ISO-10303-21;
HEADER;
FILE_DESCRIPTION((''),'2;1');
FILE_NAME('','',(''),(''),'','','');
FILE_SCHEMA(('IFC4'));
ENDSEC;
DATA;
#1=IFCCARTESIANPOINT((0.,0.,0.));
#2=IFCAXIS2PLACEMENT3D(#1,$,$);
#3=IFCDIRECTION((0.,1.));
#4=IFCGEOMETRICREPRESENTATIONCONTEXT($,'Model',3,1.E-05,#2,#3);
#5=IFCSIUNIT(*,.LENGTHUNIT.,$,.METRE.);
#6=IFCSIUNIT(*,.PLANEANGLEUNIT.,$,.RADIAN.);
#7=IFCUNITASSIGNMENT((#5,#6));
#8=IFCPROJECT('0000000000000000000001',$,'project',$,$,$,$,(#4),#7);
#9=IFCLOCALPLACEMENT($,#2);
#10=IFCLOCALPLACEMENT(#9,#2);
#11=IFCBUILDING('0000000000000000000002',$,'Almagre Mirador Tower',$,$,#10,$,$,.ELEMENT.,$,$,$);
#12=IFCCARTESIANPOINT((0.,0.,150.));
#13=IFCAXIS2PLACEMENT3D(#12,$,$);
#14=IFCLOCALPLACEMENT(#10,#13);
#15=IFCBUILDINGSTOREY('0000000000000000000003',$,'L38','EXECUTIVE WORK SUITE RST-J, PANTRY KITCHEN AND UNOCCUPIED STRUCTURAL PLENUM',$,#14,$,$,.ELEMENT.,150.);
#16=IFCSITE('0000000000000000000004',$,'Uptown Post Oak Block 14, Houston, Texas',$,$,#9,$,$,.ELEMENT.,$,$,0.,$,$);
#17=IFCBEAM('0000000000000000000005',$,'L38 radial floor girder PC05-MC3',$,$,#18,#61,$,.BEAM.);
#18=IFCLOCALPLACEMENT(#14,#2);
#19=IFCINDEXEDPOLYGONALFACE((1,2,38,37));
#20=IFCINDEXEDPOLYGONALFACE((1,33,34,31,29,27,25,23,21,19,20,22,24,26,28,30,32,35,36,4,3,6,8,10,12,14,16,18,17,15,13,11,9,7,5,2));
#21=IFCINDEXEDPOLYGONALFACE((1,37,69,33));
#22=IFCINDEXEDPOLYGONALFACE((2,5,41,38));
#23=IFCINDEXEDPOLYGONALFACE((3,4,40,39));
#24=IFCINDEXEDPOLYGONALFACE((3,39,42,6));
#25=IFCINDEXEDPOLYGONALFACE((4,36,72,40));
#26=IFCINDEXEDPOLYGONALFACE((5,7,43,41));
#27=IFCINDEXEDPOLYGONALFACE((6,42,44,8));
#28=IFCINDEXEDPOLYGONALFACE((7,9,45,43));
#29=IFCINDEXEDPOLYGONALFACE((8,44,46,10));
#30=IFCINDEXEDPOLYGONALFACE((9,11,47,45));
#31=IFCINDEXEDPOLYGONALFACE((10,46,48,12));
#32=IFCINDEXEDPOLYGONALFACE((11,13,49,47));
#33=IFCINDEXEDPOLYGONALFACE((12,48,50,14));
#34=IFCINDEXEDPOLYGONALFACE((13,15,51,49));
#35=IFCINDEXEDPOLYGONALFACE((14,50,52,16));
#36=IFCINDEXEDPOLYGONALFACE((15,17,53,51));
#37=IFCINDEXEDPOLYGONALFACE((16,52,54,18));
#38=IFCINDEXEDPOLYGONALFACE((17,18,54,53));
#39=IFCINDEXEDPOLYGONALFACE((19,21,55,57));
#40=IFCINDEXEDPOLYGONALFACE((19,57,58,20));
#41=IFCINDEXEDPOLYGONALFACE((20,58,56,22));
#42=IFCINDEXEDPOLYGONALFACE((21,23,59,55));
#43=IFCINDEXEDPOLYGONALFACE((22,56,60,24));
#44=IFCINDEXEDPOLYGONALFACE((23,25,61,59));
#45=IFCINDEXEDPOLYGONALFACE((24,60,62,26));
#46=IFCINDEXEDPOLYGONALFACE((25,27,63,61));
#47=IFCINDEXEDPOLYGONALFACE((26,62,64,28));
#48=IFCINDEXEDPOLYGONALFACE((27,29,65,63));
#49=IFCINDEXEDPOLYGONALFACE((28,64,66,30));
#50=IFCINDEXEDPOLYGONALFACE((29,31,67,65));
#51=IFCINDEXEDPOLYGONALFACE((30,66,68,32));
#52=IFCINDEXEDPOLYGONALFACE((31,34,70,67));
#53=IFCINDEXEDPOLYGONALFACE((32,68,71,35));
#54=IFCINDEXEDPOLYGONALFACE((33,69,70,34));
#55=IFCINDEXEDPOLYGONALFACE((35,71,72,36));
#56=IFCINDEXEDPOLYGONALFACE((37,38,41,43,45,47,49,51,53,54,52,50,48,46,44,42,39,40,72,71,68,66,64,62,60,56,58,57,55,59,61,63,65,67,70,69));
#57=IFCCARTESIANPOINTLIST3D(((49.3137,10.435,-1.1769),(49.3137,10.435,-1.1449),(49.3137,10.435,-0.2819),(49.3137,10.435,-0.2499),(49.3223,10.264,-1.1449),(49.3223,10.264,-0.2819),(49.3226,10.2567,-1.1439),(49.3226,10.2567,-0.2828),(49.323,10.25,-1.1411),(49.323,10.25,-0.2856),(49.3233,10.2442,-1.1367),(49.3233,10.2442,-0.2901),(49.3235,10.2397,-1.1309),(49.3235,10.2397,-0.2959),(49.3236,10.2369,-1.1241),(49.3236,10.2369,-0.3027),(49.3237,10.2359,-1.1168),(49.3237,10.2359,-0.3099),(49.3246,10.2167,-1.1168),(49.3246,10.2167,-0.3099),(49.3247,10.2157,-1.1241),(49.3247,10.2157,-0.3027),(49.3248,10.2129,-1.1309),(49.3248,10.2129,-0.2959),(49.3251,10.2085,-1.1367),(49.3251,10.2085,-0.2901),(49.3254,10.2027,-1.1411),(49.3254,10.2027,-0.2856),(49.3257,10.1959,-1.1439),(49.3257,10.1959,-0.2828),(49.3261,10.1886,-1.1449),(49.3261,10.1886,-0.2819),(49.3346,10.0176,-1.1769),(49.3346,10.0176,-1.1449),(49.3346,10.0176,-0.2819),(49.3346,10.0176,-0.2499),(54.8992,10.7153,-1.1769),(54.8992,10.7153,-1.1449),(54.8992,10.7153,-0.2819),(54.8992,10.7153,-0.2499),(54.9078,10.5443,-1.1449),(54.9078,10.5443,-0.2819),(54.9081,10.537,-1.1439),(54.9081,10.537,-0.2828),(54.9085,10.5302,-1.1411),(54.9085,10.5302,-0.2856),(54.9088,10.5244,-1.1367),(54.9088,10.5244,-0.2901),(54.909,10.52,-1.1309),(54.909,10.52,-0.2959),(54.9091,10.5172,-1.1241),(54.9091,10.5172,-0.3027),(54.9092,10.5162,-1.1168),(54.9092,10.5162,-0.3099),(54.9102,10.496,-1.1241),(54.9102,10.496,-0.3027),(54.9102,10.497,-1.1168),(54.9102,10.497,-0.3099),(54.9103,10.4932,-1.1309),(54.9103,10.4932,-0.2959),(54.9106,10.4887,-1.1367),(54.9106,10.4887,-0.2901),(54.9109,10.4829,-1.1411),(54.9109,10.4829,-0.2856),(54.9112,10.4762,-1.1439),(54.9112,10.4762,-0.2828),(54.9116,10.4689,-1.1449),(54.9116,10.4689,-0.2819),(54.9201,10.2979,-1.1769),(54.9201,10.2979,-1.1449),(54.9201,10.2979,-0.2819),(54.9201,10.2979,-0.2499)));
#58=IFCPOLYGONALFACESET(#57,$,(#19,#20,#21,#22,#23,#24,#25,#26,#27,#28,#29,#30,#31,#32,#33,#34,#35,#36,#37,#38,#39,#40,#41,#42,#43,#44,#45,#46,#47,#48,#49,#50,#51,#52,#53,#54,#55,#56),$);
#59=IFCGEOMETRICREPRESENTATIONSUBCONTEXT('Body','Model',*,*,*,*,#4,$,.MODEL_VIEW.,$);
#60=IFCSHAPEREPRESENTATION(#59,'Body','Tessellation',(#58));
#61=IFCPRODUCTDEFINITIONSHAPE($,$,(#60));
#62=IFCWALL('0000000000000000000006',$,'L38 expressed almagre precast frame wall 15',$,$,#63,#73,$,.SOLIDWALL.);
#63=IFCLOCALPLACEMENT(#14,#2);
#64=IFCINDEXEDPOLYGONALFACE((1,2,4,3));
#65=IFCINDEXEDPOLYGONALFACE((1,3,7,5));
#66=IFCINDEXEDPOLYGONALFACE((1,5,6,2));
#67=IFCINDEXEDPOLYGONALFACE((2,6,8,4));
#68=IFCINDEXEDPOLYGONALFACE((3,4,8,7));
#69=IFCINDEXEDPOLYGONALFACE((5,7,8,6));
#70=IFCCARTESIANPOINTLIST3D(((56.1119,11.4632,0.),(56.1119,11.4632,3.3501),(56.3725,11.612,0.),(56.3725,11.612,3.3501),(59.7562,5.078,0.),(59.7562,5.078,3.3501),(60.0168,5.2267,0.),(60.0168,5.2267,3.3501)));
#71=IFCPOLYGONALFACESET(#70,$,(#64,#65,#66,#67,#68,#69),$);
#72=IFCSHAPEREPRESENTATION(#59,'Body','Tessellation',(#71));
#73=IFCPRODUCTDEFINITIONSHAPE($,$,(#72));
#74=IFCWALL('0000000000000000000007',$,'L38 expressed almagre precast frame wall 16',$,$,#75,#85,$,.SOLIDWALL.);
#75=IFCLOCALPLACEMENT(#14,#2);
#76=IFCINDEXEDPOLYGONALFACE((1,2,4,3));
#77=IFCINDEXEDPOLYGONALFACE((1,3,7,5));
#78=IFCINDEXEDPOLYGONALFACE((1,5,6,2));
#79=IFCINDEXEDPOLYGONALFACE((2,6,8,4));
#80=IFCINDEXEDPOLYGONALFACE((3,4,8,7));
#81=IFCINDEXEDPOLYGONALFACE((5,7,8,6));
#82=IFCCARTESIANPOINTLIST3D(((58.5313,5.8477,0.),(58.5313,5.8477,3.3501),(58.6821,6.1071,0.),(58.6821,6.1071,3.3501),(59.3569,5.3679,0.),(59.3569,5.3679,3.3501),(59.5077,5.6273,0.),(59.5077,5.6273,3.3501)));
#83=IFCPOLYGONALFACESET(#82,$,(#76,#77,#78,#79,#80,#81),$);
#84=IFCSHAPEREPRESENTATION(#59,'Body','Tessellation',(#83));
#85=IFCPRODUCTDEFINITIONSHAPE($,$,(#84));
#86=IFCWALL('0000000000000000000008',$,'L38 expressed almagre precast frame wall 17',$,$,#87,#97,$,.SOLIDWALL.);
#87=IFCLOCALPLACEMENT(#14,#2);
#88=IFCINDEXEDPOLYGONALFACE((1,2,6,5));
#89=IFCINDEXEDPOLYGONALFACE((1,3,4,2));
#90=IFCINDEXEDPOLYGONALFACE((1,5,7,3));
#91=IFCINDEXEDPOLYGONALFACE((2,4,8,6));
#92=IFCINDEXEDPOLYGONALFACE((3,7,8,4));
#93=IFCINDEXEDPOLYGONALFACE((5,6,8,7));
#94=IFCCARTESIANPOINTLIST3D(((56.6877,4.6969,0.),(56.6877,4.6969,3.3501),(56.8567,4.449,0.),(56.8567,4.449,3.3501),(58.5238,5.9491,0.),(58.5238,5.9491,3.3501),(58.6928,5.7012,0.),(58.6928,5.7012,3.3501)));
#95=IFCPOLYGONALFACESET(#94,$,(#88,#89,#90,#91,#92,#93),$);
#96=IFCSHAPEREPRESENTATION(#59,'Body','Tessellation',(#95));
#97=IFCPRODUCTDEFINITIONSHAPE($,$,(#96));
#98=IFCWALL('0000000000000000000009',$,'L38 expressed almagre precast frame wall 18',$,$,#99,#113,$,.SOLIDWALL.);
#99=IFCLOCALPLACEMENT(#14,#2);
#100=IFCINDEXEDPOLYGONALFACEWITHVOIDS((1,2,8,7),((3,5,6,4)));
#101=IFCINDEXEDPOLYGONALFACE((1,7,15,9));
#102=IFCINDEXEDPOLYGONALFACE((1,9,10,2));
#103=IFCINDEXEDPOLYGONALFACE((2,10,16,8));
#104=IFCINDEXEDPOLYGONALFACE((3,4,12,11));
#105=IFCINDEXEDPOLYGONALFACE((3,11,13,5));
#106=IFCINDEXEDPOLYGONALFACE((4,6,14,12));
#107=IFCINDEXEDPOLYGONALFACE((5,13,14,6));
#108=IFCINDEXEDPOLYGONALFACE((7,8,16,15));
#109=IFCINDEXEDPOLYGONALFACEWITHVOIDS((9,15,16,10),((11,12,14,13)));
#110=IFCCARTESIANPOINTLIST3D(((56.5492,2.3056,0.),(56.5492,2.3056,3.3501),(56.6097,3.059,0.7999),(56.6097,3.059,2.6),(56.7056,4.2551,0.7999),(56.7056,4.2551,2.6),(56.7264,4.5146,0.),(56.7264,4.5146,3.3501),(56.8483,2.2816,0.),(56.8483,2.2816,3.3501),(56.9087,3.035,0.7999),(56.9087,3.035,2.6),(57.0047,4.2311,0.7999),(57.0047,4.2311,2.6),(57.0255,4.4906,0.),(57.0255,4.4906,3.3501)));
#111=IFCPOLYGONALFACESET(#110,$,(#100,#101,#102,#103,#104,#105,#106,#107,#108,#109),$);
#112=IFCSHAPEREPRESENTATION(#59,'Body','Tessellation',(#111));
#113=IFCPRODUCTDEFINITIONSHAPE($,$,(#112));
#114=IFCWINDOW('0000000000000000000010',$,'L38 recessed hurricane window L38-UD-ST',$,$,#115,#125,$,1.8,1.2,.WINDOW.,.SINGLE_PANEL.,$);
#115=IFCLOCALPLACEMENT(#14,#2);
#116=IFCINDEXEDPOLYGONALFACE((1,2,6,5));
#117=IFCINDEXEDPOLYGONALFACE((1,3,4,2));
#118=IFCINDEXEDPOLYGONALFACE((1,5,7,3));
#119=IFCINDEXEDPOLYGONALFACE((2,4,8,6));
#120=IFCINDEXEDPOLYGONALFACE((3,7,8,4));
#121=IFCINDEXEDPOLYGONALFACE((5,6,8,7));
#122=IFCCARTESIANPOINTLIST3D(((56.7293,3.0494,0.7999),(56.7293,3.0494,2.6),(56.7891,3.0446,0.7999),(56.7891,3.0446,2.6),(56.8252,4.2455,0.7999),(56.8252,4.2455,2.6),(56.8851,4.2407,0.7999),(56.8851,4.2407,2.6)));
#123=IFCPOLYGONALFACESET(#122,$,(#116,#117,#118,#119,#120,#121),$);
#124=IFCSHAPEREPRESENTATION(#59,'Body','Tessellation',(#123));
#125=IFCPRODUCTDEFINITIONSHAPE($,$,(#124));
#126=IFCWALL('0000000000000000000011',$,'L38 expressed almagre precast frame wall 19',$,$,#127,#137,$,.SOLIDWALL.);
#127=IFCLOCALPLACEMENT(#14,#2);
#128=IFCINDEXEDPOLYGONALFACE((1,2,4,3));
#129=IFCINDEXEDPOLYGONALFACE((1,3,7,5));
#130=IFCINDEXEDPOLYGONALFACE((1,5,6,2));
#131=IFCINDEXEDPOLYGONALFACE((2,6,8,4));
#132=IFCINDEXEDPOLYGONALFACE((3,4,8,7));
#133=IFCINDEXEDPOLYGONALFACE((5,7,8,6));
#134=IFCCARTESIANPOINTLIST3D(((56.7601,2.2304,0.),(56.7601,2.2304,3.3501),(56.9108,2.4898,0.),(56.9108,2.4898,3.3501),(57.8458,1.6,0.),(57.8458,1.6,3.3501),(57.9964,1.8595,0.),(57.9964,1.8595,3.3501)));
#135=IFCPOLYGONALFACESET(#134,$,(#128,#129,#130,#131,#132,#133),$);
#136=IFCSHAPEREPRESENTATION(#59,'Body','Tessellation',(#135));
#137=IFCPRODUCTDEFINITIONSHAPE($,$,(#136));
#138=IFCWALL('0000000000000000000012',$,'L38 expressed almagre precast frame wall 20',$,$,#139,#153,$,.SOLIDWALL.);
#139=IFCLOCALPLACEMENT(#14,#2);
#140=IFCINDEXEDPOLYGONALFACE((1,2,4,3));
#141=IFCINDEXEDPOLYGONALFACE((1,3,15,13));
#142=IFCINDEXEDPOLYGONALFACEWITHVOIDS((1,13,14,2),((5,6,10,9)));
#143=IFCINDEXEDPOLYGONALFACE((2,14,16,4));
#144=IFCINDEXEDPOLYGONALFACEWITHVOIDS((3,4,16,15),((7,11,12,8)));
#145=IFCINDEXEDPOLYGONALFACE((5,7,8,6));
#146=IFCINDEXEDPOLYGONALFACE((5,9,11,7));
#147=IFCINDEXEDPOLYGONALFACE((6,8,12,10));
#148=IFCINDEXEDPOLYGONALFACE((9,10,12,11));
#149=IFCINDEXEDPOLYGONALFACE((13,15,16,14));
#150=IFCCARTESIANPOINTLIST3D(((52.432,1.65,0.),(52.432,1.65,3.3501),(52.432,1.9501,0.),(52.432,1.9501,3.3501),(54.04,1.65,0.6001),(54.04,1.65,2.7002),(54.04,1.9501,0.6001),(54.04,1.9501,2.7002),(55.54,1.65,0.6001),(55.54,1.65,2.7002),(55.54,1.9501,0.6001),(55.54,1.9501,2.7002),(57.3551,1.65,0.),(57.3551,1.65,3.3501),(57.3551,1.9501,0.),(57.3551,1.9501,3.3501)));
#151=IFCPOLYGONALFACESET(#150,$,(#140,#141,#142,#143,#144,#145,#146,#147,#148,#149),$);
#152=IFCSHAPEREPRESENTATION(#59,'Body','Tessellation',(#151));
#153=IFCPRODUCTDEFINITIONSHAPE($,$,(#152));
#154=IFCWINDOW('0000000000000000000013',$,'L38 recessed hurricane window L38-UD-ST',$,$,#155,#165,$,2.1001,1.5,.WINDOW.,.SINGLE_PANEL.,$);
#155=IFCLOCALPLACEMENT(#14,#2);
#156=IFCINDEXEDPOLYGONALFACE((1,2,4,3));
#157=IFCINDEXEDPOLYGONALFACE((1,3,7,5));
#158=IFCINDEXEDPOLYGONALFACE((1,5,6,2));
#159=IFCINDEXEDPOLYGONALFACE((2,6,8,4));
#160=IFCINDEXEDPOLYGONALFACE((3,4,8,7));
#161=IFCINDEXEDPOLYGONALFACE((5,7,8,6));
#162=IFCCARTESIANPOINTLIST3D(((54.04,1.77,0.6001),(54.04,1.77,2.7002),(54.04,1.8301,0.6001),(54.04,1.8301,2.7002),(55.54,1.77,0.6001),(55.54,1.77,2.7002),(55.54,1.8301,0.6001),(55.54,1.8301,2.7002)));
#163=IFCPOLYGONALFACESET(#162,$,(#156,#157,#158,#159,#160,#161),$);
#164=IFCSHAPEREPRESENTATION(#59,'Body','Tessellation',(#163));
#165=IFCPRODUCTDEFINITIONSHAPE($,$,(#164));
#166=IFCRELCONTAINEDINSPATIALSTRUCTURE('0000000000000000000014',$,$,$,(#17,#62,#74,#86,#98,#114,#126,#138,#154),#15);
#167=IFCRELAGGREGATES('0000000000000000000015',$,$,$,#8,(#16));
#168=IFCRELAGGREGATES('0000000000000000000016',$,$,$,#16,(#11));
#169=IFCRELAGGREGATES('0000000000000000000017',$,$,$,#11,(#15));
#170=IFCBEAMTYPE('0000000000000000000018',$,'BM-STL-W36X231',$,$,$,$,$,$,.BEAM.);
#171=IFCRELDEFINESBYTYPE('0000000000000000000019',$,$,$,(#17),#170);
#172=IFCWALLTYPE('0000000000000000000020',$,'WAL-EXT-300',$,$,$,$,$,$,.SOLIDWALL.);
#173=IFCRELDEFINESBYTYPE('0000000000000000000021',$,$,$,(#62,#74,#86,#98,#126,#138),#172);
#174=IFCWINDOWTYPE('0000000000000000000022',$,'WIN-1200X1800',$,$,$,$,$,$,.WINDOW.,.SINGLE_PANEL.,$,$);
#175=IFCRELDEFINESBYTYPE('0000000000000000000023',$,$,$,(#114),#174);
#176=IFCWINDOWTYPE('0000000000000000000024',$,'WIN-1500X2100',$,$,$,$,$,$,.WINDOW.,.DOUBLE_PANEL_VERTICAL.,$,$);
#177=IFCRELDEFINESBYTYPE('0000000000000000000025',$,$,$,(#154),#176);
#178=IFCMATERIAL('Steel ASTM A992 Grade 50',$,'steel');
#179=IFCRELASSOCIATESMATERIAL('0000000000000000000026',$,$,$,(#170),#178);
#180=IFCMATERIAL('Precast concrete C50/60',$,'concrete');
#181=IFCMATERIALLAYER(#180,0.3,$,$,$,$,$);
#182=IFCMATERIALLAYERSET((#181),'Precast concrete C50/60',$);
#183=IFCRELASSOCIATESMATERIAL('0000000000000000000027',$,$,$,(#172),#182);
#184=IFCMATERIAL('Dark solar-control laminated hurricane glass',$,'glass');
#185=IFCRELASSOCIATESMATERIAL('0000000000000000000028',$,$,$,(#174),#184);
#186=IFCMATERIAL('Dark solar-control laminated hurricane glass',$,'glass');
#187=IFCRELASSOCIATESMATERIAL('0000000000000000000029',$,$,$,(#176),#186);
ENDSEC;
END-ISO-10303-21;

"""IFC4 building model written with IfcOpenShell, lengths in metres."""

from ifc_helpers import new_model, si_unit, direction, frame, frame_2d, origin, origin_2d, place, context, subcontext, project, spatial, rectangle, i_section, extrude, material, layer, layer_set, material_profile, profile_set, type_object, element, fill, save


model = new_model("IFC4")

# Units and contexts
model_context = context("Model", 3, precision=1e-05, world=origin(), true_north=direction((0.0, 1.0)))
body_context = subcontext(model_context, "Body", "Model", "MODEL_VIEW")
ifc_project = project(units=[si_unit("LENGTHUNIT", "METRE"), si_unit("PLANEANGLEUNIT", "RADIAN")], contexts=[model_context])

# Site, building, storey
site_placement = place(None, origin())
site = spatial("IfcSite", under=ifc_project, at=site_placement, Name="Uptown Post Oak Block 14, Houston, Texas", CompositionType="ELEMENT", RefElevation=0.0)
building_placement = place(site_placement, origin())
building = spatial("IfcBuilding", under=site, at=building_placement, Name="Almagre Mirador Tower", CompositionType="ELEMENT")
storey_placement = place(building_placement, frame((0.0, 0.0, 150.0)))
storey = spatial("IfcBuildingStorey", under=building, at=storey_placement, Name="L38", Description="EXECUTIVE WORK SUITE RST-J, PANTRY KITCHEN AND UNOCCUPIED STRUCTURAL PLENUM", CompositionType="ELEMENT", Elevation=150.0)

# Beam
ifc_material_1 = material(Name="Steel ASTM A992 Grade 50", Category="steel")
ifc_material_profile_1 = material_profile(ifc_material_1, i_section(OverallWidth=0.418, OverallDepth=0.927, WebThickness=0.0193, FlangeThickness=0.032, FilletRadius=0.0281, at=origin_2d()), Name="W36X231")
ifc_profile_set_1 = profile_set([ifc_material_profile_1], Name="Steel ASTM A992 Grade 50")
beam_type_1 = type_object("IfcBeamType", Name="BM-STL-W36X231", PredefinedType="BEAM", material=ifc_profile_set_1)
beam_1_placement = place(storey_placement, frame((54.9097, 10.5066, -0.7134), z_axis=(-0.998743, -0.050116, 0.0), x_axis=(0.050116, -0.998743, 0.0)))
element("IfcBeam", 1, at=beam_1_placement, inside=storey, type_object=beam_type_1, Name="L38 radial floor girder PC05-MC3", PredefinedType="BEAM", context=body_context, shape_type="SweptSolid", body=[
    extrude(i_section(OverallWidth=0.418, OverallDepth=0.927, WebThickness=0.0193, FlangeThickness=0.032, FilletRadius=0.0281, at=origin_2d()), origin(), (0.0, 0.0, 1.0), 5.5925),
])

# Walls
ifc_material_2 = material(Name="Precast concrete C50/60", Category="concrete")
ifc_layer_1 = layer(ifc_material_2, 0.3)
ifc_layer_set_1 = layer_set([ifc_layer_1], Name="Precast concrete C50/60")
wall_type_1 = type_object("IfcWallType", Name="WAL-EXT-300", PredefinedType="SOLIDWALL", material=ifc_layer_set_1)
wall_1_placement = place(storey_placement, frame((56.2422, 11.5376, 0.0), z_axis=(0.0, 0.0, 1.0), x_axis=(0.495685, -0.868503, 0.0)))
element("IfcWall", 2, at=wall_1_placement, inside=storey, type_object=wall_type_1, Name="L38 expressed almagre precast frame wall 15", PredefinedType="SOLIDWALL", context=body_context, shape_type="SweptSolid", body=[
    extrude(rectangle(XDim=7.3521, YDim=0.3, at=frame_2d((3.676, 0.0))), origin(), (0.0, 0.0, 1.0), 3.3501),
])
wall_2_placement = place(storey_placement, frame((59.4324, 5.4976, 0.0), z_axis=(0.0, 0.0, 1.0), x_axis=(-0.864585, 0.502487, 0.0)))
element("IfcWall", 3, at=wall_2_placement, inside=storey, type_object=wall_type_1, Name="L38 expressed almagre precast frame wall 16", PredefinedType="SOLIDWALL", context=body_context, shape_type="SweptSolid", body=[
    extrude(rectangle(XDim=0.9548, YDim=0.3, at=frame_2d((0.4775, 0.0))), origin(), (0.0, 0.0, 1.0), 3.3501),
])
wall_3_placement = place(storey_placement, frame((58.6084, 5.8252, 0.0), z_axis=(0.0, 0.0, 1.0), x_axis=(-0.826174, -0.563415, 0.0)))
element("IfcWall", 4, at=wall_3_placement, inside=storey, type_object=wall_type_1, Name="L38 expressed almagre precast frame wall 17", PredefinedType="SOLIDWALL", context=body_context, shape_type="SweptSolid", body=[
    extrude(rectangle(XDim=2.2224, YDim=0.3, at=frame_2d((1.1113, 0.0))), origin(), (0.0, 0.0, 1.0), 3.3501),
])

# Wall, opening, window
wall_4_placement = place(storey_placement, frame((56.876, 4.5024, 0.0), z_axis=(0.0, 0.0, 1.0), x_axis=(-0.079982, -0.996796, 0.0)))
wall_4 = element("IfcWall", 5, at=wall_4_placement, inside=storey, type_object=wall_type_1, Name="L38 expressed almagre precast frame wall 18", PredefinedType="SOLIDWALL", context=body_context, shape_type="SweptSolid", body=[
    extrude(rectangle(XDim=2.2161, YDim=0.3, at=frame_2d((1.1079, 0.0))), origin(), (0.0, 0.0, 1.0), 3.3501),
])
opening_1_placement = place(wall_4_placement, frame((0.26, 0.0, 0.8)))
opening_1 = element("IfcOpeningElement", 6, at=opening_1_placement, cuts=wall_4, PredefinedType="OPENING", context=body_context, shape_type="SweptSolid", body=[
    extrude(rectangle(XDim=1.2, YDim=1.8, at=frame_2d((0.6001, 0.8999))), frame((0.0, 0.1599, 0.0), z_axis=(0.0, -1.0, 0.0), x_axis=(1.0, 0.0, 0.0)), (0.0, 0.0, 1.0), 0.32),
])
ifc_material_3 = material(Name="Dark solar-control laminated hurricane glass", Category="glass")
window_type_1 = type_object("IfcWindowType", Name="WIN-1200X1800", PartitioningType="SINGLE_PANEL", PredefinedType="WINDOW", material=ifc_material_3)
window_1_placement = place(opening_1_placement, origin())
window_1 = element("IfcWindow", 7, at=window_1_placement, inside=storey, type_object=window_type_1, Name="L38 recessed hurricane window L38-UD-ST", OverallHeight=1.8, OverallWidth=1.2, PartitioningType="SINGLE_PANEL", PredefinedType="WINDOW", context=body_context, shape_type="SweptSolid", body=[
    extrude(rectangle(XDim=1.2, YDim=1.8, at=frame_2d((0.6001, 0.8999))), frame((0.0, 0.03, 0.0), z_axis=(0.0, -1.0, 0.0), x_axis=(1.0, 0.0, 0.0)), (0.0, 0.0, 1.0), 0.0601),
])
fill(opening_1, window_1)

# Wall
wall_5_placement = place(storey_placement, frame((56.8354, 2.3601, 0.0), z_axis=(0.0, 0.0, 1.0), x_axis=(0.8648, -0.502117, 0.0)))
element("IfcWall", 8, at=wall_5_placement, inside=storey, type_object=wall_type_1, Name="L38 expressed almagre precast frame wall 19", PredefinedType="SOLIDWALL", context=body_context, shape_type="SweptSolid", body=[
    extrude(rectangle(XDim=1.2554, YDim=0.3, at=frame_2d((0.6277, 0.0))), origin(), (0.0, 0.0, 1.0), 3.3501),
])

# Wall, opening, window
wall_6_placement = place(storey_placement, frame((57.355, 1.8, 0.0), z_axis=(0.0, 0.0, 1.0), x_axis=(-1.0, 0.0, 0.0)))
wall_6 = element("IfcWall", 9, at=wall_6_placement, inside=storey, type_object=wall_type_1, Name="L38 expressed almagre precast frame wall 20", PredefinedType="SOLIDWALL", context=body_context, shape_type="SweptSolid", body=[
    extrude(rectangle(XDim=4.9231, YDim=0.3, at=frame_2d((2.4614, 0.0))), origin(), (0.0, 0.0, 1.0), 3.3501),
])
opening_2_placement = place(wall_6_placement, frame((1.8149, 0.0, 0.6001)))
opening_2 = element("IfcOpeningElement", 10, at=opening_2_placement, cuts=wall_6, PredefinedType="OPENING", context=body_context, shape_type="SweptSolid", body=[
    extrude(rectangle(XDim=1.5, YDim=2.1001, at=frame_2d((0.75, 1.05))), frame((0.0, 0.1599, 0.0), z_axis=(0.0, -1.0, 0.0), x_axis=(1.0, 0.0, 0.0)), (0.0, 0.0, 1.0), 0.32),
])
ifc_material_4 = material(Name="Dark solar-control laminated hurricane glass", Category="glass")
window_type_2 = type_object("IfcWindowType", Name="WIN-1500X2100", PartitioningType="DOUBLE_PANEL_VERTICAL", PredefinedType="WINDOW", material=ifc_material_4)
window_2_placement = place(opening_2_placement, origin())
window_2 = element("IfcWindow", 11, at=window_2_placement, inside=storey, type_object=window_type_2, Name="L38 recessed hurricane window L38-UD-ST", OverallHeight=2.1001, OverallWidth=1.5, PartitioningType="SINGLE_PANEL", PredefinedType="WINDOW", context=body_context, shape_type="SweptSolid", body=[
    extrude(rectangle(XDim=1.5, YDim=2.1001, at=frame_2d((0.75, 1.05))), frame((0.0, 0.03, 0.0), z_axis=(0.0, -1.0, 0.0), x_axis=(1.0, 0.0, 0.0)), (0.0, 0.0, 1.0), 0.0601),
])
fill(opening_2, window_2)

save(model, "model.ifc")
